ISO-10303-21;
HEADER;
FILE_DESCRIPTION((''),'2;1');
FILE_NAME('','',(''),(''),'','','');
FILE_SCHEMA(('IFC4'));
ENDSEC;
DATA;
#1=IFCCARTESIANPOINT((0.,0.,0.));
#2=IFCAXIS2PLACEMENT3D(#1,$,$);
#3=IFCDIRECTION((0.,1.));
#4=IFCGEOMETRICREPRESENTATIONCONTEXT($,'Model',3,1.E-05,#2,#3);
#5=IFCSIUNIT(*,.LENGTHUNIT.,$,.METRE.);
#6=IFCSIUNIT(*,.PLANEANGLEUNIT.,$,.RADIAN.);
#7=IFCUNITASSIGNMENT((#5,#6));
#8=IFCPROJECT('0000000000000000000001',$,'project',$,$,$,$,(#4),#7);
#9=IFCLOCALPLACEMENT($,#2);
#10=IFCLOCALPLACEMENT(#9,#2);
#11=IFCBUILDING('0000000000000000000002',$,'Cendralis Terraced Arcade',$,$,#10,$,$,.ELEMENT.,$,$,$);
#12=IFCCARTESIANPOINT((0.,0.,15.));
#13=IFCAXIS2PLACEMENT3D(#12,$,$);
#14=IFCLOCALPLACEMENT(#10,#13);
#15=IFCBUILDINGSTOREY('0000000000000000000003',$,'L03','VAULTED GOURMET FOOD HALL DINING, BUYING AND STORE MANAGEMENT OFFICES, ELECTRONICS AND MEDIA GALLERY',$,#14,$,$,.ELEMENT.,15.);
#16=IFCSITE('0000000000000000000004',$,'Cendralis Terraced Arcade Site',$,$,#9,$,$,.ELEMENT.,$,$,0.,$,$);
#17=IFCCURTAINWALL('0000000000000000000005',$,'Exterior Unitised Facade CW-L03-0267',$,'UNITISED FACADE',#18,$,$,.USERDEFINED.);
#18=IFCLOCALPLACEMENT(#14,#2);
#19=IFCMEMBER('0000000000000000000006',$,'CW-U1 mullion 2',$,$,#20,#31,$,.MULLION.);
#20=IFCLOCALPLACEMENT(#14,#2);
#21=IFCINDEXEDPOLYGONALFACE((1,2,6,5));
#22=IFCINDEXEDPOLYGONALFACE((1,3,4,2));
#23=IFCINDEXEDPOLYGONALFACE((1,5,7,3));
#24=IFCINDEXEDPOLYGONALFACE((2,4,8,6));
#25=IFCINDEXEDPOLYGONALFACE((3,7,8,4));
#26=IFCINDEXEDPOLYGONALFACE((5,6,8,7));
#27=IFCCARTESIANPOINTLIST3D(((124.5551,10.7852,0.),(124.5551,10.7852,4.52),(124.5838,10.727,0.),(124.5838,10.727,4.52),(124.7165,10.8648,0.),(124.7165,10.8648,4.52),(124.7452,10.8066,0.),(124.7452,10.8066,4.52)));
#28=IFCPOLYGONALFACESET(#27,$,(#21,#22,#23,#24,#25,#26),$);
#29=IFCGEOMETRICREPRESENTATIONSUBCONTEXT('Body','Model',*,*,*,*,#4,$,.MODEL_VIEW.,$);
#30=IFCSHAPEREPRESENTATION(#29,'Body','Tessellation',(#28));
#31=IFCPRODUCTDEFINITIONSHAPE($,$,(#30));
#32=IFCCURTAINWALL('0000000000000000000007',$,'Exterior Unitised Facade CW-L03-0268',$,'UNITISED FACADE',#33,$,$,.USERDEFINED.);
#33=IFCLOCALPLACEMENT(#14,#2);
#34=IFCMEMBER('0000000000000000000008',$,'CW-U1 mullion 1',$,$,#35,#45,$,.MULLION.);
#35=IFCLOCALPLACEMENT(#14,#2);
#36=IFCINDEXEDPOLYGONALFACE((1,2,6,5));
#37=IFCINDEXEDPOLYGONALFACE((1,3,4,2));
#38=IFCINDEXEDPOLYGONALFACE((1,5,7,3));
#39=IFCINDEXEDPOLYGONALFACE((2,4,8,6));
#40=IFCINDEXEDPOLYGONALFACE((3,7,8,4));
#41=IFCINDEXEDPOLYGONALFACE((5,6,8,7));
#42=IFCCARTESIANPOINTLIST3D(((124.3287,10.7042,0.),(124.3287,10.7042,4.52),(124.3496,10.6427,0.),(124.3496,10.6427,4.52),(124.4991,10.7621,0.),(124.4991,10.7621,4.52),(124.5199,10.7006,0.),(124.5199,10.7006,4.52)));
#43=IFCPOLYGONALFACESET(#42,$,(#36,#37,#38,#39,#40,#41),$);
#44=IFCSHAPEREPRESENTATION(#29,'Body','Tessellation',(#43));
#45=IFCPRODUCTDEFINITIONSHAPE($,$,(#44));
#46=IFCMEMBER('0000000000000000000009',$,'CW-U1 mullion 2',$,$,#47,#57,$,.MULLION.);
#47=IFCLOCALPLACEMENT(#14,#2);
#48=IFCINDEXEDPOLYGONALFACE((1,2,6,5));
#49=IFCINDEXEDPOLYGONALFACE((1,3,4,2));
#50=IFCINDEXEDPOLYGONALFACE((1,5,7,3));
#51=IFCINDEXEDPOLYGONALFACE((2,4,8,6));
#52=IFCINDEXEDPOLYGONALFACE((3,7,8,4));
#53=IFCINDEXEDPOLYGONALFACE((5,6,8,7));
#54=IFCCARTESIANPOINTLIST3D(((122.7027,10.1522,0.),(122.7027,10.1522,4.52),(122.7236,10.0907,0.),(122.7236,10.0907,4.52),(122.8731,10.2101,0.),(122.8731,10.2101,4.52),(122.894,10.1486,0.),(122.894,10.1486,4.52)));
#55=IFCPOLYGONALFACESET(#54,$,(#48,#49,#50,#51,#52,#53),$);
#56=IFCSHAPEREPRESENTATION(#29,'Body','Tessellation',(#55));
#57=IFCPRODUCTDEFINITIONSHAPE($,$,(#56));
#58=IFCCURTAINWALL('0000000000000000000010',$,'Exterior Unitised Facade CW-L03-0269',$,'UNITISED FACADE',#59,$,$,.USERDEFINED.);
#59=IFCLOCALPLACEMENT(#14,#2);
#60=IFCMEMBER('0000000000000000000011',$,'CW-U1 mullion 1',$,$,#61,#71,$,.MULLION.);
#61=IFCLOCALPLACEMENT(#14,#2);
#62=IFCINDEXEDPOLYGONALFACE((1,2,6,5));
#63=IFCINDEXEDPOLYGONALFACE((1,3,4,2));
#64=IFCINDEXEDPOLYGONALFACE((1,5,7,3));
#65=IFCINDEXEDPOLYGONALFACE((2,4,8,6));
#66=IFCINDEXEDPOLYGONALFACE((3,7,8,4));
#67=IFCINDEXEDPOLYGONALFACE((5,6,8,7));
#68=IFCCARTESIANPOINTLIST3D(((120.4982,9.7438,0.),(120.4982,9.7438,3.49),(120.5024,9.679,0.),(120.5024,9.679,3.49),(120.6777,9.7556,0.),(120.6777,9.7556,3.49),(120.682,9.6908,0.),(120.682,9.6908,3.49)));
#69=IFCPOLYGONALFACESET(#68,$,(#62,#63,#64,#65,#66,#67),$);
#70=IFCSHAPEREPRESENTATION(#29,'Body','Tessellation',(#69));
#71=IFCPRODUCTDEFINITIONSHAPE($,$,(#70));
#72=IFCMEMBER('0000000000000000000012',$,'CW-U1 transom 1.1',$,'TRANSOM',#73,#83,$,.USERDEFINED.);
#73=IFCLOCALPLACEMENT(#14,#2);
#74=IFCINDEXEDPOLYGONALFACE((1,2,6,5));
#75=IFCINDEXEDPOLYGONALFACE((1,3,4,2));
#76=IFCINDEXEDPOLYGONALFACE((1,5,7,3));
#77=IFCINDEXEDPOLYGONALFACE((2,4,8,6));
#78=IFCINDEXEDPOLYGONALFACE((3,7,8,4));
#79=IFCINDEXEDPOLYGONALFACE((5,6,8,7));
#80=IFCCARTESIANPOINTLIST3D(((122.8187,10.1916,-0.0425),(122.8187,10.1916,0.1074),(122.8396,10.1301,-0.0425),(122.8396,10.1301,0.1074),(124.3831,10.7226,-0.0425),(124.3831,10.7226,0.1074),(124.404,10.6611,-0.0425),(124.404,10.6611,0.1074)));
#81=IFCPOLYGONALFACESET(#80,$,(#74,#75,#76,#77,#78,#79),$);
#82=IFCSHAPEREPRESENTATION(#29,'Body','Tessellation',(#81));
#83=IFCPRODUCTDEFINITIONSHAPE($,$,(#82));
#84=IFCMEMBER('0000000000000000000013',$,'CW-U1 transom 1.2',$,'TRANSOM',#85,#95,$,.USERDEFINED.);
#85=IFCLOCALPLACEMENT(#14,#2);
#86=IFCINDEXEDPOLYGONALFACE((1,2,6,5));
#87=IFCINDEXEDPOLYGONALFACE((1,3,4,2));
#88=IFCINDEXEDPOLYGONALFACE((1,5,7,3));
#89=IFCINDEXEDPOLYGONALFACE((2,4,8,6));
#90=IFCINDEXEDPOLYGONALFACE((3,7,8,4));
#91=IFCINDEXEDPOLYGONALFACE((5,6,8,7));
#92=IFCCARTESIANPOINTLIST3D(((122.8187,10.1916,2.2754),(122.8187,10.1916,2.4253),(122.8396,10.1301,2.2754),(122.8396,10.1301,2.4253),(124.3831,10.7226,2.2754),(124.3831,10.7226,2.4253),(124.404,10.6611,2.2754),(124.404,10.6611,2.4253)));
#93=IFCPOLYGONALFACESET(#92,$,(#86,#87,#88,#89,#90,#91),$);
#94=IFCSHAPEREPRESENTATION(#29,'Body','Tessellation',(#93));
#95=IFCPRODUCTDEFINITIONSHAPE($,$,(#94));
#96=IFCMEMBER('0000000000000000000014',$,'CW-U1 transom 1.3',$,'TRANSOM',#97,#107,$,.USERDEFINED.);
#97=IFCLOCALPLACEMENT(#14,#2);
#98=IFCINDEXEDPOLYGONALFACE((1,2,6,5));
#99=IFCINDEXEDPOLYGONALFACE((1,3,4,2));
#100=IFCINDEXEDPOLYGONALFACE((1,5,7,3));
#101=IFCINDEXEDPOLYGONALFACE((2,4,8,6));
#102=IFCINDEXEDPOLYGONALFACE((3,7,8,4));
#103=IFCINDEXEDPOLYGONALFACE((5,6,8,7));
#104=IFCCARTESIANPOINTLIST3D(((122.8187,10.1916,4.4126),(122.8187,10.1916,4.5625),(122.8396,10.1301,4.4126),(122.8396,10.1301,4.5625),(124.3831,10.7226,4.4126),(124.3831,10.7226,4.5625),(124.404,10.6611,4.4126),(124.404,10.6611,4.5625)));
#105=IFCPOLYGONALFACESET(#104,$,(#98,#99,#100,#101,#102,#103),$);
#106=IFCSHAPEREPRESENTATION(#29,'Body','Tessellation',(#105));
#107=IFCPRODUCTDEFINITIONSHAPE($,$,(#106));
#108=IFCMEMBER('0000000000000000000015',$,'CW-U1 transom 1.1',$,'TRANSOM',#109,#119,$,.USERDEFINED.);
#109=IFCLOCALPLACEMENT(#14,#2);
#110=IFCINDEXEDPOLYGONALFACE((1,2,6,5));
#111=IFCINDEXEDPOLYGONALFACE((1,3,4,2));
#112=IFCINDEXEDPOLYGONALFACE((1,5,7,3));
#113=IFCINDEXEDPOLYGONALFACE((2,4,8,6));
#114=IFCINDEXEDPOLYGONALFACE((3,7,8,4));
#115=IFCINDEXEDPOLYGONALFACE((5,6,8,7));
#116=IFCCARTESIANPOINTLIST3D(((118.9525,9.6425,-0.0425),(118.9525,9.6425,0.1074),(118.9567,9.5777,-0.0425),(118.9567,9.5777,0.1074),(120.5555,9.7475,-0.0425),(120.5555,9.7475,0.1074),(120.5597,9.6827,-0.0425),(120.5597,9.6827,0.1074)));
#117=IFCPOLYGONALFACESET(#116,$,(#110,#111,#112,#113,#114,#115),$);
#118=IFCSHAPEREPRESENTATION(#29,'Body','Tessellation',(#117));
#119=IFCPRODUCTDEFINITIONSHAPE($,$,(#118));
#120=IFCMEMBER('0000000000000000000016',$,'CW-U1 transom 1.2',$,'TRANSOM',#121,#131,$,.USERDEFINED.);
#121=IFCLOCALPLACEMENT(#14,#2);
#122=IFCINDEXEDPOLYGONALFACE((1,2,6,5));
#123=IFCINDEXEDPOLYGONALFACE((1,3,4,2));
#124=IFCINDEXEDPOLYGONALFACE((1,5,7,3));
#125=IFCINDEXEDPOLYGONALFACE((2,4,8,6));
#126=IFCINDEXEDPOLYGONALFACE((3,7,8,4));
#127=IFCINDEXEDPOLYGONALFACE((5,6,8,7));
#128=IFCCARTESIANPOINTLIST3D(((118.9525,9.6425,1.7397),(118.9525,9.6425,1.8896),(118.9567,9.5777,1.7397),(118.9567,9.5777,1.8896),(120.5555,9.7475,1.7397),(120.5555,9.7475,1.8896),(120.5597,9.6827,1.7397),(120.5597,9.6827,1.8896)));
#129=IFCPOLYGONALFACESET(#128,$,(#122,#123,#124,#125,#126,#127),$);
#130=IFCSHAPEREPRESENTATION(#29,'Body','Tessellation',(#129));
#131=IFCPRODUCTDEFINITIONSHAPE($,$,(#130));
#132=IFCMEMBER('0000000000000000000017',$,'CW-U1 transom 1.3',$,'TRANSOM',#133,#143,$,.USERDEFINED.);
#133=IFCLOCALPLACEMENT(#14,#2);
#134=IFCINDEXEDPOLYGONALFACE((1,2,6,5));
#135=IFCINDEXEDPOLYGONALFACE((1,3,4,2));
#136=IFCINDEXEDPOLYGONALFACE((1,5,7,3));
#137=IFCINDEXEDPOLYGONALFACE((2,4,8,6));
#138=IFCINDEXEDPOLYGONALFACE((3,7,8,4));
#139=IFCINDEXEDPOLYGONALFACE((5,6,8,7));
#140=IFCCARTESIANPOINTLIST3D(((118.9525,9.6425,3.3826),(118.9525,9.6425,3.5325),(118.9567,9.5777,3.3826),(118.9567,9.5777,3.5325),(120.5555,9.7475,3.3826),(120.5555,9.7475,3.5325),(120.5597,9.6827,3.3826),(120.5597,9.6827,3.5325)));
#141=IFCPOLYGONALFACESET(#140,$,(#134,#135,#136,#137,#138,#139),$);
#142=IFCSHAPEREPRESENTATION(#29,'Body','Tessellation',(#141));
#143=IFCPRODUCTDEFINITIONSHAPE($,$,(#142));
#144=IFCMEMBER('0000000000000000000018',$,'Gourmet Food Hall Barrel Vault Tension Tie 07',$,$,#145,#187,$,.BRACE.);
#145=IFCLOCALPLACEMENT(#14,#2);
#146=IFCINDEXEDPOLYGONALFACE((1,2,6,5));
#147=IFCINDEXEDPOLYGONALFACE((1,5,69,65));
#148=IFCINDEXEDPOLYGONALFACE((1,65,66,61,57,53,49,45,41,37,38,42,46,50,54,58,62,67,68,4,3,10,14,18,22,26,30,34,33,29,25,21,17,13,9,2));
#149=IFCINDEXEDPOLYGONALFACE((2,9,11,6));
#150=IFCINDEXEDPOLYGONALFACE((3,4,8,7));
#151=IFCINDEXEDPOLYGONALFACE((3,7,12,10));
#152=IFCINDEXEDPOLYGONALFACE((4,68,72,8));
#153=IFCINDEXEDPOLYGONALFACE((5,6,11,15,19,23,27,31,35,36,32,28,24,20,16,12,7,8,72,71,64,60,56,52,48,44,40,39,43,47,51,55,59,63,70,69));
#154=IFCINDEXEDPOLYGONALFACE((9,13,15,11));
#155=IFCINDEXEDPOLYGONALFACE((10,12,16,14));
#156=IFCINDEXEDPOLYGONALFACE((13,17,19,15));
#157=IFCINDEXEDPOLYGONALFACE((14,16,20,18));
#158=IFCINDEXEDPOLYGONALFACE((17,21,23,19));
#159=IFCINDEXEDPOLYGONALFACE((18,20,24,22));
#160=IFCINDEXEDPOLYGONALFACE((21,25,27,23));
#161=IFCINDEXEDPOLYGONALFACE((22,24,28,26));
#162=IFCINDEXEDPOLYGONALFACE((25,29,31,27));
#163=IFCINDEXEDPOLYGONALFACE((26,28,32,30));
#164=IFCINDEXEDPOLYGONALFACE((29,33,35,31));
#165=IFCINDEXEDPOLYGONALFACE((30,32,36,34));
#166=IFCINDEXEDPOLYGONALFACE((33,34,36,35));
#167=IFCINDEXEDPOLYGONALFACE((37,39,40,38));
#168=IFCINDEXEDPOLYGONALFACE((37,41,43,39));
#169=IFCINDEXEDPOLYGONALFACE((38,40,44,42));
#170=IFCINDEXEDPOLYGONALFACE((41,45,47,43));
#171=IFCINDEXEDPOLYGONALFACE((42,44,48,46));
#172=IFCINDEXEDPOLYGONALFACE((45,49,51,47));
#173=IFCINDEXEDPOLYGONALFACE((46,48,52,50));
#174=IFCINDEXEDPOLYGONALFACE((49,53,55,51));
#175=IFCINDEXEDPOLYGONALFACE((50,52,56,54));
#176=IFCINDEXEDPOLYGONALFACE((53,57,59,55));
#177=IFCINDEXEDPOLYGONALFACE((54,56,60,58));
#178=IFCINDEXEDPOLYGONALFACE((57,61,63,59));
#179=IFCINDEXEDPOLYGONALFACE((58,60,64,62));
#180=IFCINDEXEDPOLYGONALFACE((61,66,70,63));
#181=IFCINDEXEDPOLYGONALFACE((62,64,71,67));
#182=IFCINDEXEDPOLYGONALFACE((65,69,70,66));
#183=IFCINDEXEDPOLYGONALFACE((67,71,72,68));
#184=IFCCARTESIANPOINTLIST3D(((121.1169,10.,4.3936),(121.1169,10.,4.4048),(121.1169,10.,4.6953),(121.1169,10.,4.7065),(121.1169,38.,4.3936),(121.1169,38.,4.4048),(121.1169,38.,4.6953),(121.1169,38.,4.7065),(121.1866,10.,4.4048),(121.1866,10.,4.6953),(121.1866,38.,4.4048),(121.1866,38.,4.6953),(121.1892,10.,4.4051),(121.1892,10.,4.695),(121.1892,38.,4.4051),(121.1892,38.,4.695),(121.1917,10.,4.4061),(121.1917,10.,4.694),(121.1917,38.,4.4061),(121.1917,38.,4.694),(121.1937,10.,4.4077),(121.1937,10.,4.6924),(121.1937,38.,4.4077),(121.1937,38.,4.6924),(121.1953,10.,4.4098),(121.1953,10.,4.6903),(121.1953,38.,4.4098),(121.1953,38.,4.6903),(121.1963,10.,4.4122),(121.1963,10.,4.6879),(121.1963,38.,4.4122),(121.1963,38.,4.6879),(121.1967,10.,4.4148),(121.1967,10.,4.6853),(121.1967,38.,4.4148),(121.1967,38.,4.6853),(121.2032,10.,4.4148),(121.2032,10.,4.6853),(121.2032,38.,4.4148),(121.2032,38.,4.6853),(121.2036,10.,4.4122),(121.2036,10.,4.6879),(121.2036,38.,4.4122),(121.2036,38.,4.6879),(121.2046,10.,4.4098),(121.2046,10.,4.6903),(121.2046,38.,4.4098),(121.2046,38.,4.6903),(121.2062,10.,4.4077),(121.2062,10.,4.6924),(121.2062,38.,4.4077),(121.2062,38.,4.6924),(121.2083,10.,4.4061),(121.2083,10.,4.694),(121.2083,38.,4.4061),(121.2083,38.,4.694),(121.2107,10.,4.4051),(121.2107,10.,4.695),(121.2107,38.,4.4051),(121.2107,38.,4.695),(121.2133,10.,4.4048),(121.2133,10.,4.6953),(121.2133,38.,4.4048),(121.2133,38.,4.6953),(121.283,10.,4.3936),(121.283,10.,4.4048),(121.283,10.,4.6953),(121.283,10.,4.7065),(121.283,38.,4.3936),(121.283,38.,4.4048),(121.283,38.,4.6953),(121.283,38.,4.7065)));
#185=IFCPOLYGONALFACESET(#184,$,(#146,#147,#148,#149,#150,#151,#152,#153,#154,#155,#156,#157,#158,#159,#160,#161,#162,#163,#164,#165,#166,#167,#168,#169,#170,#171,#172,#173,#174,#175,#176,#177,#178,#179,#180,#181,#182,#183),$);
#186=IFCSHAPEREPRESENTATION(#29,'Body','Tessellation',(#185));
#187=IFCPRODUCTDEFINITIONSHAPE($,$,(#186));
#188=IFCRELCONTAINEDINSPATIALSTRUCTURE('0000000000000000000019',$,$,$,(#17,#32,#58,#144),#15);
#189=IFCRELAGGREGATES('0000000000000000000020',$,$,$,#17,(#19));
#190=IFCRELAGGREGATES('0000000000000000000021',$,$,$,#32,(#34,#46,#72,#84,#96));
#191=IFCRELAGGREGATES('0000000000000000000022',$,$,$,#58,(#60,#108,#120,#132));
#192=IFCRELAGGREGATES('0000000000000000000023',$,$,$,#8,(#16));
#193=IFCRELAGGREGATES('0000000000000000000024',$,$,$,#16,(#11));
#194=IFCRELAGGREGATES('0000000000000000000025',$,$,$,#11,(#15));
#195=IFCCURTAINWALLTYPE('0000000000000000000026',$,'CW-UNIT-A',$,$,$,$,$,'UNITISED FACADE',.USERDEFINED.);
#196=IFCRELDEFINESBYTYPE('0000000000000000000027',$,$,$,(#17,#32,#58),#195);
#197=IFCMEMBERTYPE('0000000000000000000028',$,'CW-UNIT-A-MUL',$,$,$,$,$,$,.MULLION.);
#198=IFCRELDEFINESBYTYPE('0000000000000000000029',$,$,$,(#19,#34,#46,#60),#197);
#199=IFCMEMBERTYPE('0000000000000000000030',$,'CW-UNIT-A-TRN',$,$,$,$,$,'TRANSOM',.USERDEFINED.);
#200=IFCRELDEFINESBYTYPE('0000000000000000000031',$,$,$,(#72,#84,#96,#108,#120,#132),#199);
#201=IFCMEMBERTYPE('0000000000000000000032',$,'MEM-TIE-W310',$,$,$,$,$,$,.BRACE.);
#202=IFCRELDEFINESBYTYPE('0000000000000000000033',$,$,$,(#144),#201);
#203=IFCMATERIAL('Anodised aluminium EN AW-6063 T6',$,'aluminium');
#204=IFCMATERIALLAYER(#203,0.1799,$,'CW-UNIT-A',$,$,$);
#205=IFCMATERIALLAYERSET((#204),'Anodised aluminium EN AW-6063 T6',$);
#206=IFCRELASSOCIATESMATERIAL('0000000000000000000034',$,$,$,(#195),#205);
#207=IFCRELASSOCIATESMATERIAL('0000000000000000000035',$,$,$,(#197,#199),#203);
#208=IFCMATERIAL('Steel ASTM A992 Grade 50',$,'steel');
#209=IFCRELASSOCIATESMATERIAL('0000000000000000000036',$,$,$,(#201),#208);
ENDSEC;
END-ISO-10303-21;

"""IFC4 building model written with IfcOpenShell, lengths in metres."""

from ifc_helpers import new_model, si_unit, direction, frame, origin, origin_2d, place, context, subcontext, project, spatial, rectangle, i_section, extrude, material, layer, layer_set, material_profile, profile_set, type_object, element, aggregate, save


model = new_model("IFC4")

# Units and contexts
model_context = context("Model", 3, precision=1e-05, world=origin(), true_north=direction((0.0, 1.0)))
body_context = subcontext(model_context, "Body", "Model", "MODEL_VIEW")
ifc_project = project(units=[si_unit("LENGTHUNIT", "METRE"), si_unit("PLANEANGLEUNIT", "RADIAN")], contexts=[model_context])

# Site, building, storey
site_placement = place(None, origin())
site = spatial("IfcSite", under=ifc_project, at=site_placement, Name="Cendralis Terraced Arcade Site", CompositionType="ELEMENT", RefElevation=0.0)
building_placement = place(site_placement, origin())
building = spatial("IfcBuilding", under=site, at=building_placement, Name="Cendralis Terraced Arcade", CompositionType="ELEMENT")
storey_placement = place(building_placement, frame((0.0, 0.0, 15.0)))
storey = spatial("IfcBuildingStorey", under=building, at=storey_placement, Name="L03", Description="VAULTED GOURMET FOOD HALL DINING, BUYING AND STORE MANAGEMENT OFFICES, ELECTRONICS AND MEDIA GALLERY", CompositionType="ELEMENT", Elevation=15.0)

# Curtain wall, member
ifc_material_1 = material(Name="Anodised aluminium EN AW-6063 T6", Category="aluminium")
ifc_layer_1 = layer(ifc_material_1, 0.1799, Name="CW-UNIT-A")
ifc_layer_set_1 = layer_set([ifc_layer_1], Name="Anodised aluminium EN AW-6063 T6")
curtain_wall_type = type_object("IfcCurtainWallType", Name="CW-UNIT-A", ElementType="UNITISED FACADE", PredefinedType="USERDEFINED", material=ifc_layer_set_1)
curtain_wall_1_placement = place(storey_placement, origin())
curtain_wall_1 = element("IfcCurtainWall", 1, at=curtain_wall_1_placement, inside=storey, type_object=curtain_wall_type, Name="Exterior Unitised Facade CW-L03-0267", ObjectType="UNITISED FACADE", PredefinedType="USERDEFINED")
ifc_material_profile_1 = material_profile(ifc_material_1, rectangle(XDim=0.0649, YDim=0.1799, at=origin_2d()), Name="ALU-MUL-65x180")
ifc_profile_set_1 = profile_set([ifc_material_profile_1], Name="Anodised aluminium EN AW-6063 T6")
member_type_1 = type_object("IfcMemberType", Name="CW-UNIT-A-MUL", PredefinedType="MULLION", material=ifc_profile_set_1)
member_1_placement = place(storey_placement, frame((124.6501, 10.7959, 0.0), z_axis=(0.0, 0.0, 1.0), x_axis=(0.442291, -0.896871, 0.0)))
member_1 = element("IfcMember", 2, at=member_1_placement, type_object=member_type_1, Name="CW-U1 mullion 2", PredefinedType="MULLION", context=body_context, shape_type="SweptSolid", body=[
    extrude(rectangle(XDim=0.0649, YDim=0.1799, at=origin_2d()), origin(), (0.0, 0.0, 1.0), 4.52),
])

# Curtain wall, members
curtain_wall_2_placement = place(storey_placement, origin())
curtain_wall_2 = element("IfcCurtainWall", 3, at=curtain_wall_2_placement, inside=storey, type_object=curtain_wall_type, Name="Exterior Unitised Facade CW-L03-0268", ObjectType="UNITISED FACADE", PredefinedType="USERDEFINED")
member_2_placement = place(storey_placement, frame((124.4243, 10.7024, 0.0), z_axis=(0.0, 0.0, 1.0), x_axis=(0.321458, -0.946924, 0.0)))
member_2 = element("IfcMember", 4, at=member_2_placement, type_object=member_type_1, Name="CW-U1 mullion 1", PredefinedType="MULLION", context=body_context, shape_type="SweptSolid", body=[
    extrude(rectangle(XDim=0.0649, YDim=0.1799, at=origin_2d()), origin(), (0.0, 0.0, 1.0), 4.52),
])
member_3_placement = place(storey_placement, frame((122.7983, 10.1504, 0.0), z_axis=(0.0, 0.0, 1.0), x_axis=(0.321458, -0.946924, 0.0)))
member_3 = element("IfcMember", 5, at=member_3_placement, type_object=member_type_1, Name="CW-U1 mullion 2", PredefinedType="MULLION", context=body_context, shape_type="SweptSolid", body=[
    extrude(rectangle(XDim=0.0649, YDim=0.1799, at=origin_2d()), origin(), (0.0, 0.0, 1.0), 4.52),
])

# Curtain wall, member
curtain_wall_3_placement = place(storey_placement, origin())
curtain_wall_3 = element("IfcCurtainWall", 6, at=curtain_wall_3_placement, inside=storey, type_object=curtain_wall_type, Name="Exterior Unitised Facade CW-L03-0269", ObjectType="UNITISED FACADE", PredefinedType="USERDEFINED")
member_4_placement = place(storey_placement, frame((120.5901, 9.7173, 0.0), z_axis=(0.0, 0.0, 1.0), x_axis=(0.065365, -0.997861, 0.0)))
member_4 = element("IfcMember", 7, at=member_4_placement, type_object=member_type_1, Name="CW-U1 mullion 1", PredefinedType="MULLION", context=body_context, shape_type="SweptSolid", body=[
    extrude(rectangle(XDim=0.0649, YDim=0.1799, at=origin_2d()), origin(), (0.0, 0.0, 1.0), 3.49),
])

# Members
ifc_material_profile_2 = material_profile(ifc_material_1, rectangle(XDim=0.0649, YDim=0.1499, at=origin_2d()), Name="ALU-TRN-65x150")
ifc_profile_set_2 = profile_set([ifc_material_profile_2], Name="Anodised aluminium EN AW-6063 T6")
member_type_2 = type_object("IfcMemberType", Name="CW-UNIT-A-TRN", ElementType="TRANSOM", PredefinedType="USERDEFINED", material=ifc_profile_set_2)
member_5_placement = place(storey_placement, frame((124.3936, 10.6919, 0.0325), z_axis=(-0.94694, -0.32141, 0.0), x_axis=(0.32141, -0.94694, 0.0)))
member_5 = element("IfcMember", 8, at=member_5_placement, type_object=member_type_2, Name="CW-U1 transom 1.1", ObjectType="TRANSOM", PredefinedType="USERDEFINED", context=body_context, shape_type="SweptSolid", body=[
    extrude(rectangle(XDim=0.0649, YDim=0.1499, at=origin_2d()), origin(), (0.0, 0.0, 1.0), 1.6521),
])
member_6_placement = place(storey_placement, frame((124.3936, 10.6919, 2.3503), z_axis=(-0.94694, -0.32141, 0.0), x_axis=(0.32141, -0.94694, 0.0)))
member_6 = element("IfcMember", 9, at=member_6_placement, type_object=member_type_2, Name="CW-U1 transom 1.2", ObjectType="TRANSOM", PredefinedType="USERDEFINED", context=body_context, shape_type="SweptSolid", body=[
    extrude(rectangle(XDim=0.0649, YDim=0.1499, at=origin_2d()), origin(), (0.0, 0.0, 1.0), 1.6521),
])
member_7_placement = place(storey_placement, frame((124.3936, 10.6919, 4.4875), z_axis=(-0.94694, -0.32141, 0.0), x_axis=(0.32141, -0.94694, 0.0)))
member_7 = element("IfcMember", 10, at=member_7_placement, type_object=member_type_2, Name="CW-U1 transom 1.3", ObjectType="TRANSOM", PredefinedType="USERDEFINED", context=body_context, shape_type="SweptSolid", body=[
    extrude(rectangle(XDim=0.0649, YDim=0.1499, at=origin_2d()), origin(), (0.0, 0.0, 1.0), 1.6521),
])
member_8_placement = place(storey_placement, frame((120.5576, 9.7151, 0.0325), z_axis=(-0.997862, -0.065349, 0.0), x_axis=(0.065349, -0.997862, 0.0)))
member_8 = element("IfcMember", 11, at=member_8_placement, type_object=member_type_2, Name="CW-U1 transom 1.1", ObjectType="TRANSOM", PredefinedType="USERDEFINED", context=body_context, shape_type="SweptSolid", body=[
    extrude(rectangle(XDim=0.0649, YDim=0.1499, at=origin_2d()), origin(), (0.0, 0.0, 1.0), 1.6064),
])
member_9_placement = place(storey_placement, frame((120.5576, 9.7151, 1.8147), z_axis=(-0.997862, -0.065349, 0.0), x_axis=(0.065349, -0.997862, 0.0)))
member_9 = element("IfcMember", 12, at=member_9_placement, type_object=member_type_2, Name="CW-U1 transom 1.2", ObjectType="TRANSOM", PredefinedType="USERDEFINED", context=body_context, shape_type="SweptSolid", body=[
    extrude(rectangle(XDim=0.0649, YDim=0.1499, at=origin_2d()), origin(), (0.0, 0.0, 1.0), 1.6064),
])
member_10_placement = place(storey_placement, frame((120.5576, 9.7151, 3.4575), z_axis=(-0.997862, -0.065349, 0.0), x_axis=(0.065349, -0.997862, 0.0)))
member_10 = element("IfcMember", 13, at=member_10_placement, type_object=member_type_2, Name="CW-U1 transom 1.3", ObjectType="TRANSOM", PredefinedType="USERDEFINED", context=body_context, shape_type="SweptSolid", body=[
    extrude(rectangle(XDim=0.0649, YDim=0.1499, at=origin_2d()), origin(), (0.0, 0.0, 1.0), 1.6064),
])
ifc_material_2 = material(Name="Steel ASTM A992 Grade 50", Category="steel")
ifc_material_profile_3 = material_profile(ifc_material_2, i_section(OverallWidth=0.166, OverallDepth=0.313, WebThickness=0.0066, FlangeThickness=0.0112, FilletRadius=0.01, at=origin_2d()), Name="W310X44.5", Category="LoadBearing")
ifc_profile_set_3 = profile_set([ifc_material_profile_3], Name="Steel ASTM A992 Grade 50")
member_type_3 = type_object("IfcMemberType", Name="MEM-TIE-W310", PredefinedType="BRACE", material=ifc_profile_set_3)
member_11_placement = place(storey_placement, frame((121.2, 10.0, 4.55), z_axis=(0.0, 1.0, 0.0), x_axis=(-1.0, 0.0, 0.0)))
element("IfcMember", 14, at=member_11_placement, inside=storey, type_object=member_type_3, Name="Gourmet Food Hall Barrel Vault Tension Tie 07", PredefinedType="BRACE", context=body_context, shape_type="SweptSolid", body=[
    extrude(i_section(OverallWidth=0.166, OverallDepth=0.313, WebThickness=0.0066, FlangeThickness=0.0112, FilletRadius=0.01, at=origin_2d()), origin(), (0.0, 0.0, 1.0), 28.0),
])

aggregate(curtain_wall_1, [member_1])
aggregate(curtain_wall_2, [member_2, member_3, member_5, member_6, member_7])
aggregate(curtain_wall_3, [member_4, member_8, member_9, member_10])

save(model, "model.ifc")
